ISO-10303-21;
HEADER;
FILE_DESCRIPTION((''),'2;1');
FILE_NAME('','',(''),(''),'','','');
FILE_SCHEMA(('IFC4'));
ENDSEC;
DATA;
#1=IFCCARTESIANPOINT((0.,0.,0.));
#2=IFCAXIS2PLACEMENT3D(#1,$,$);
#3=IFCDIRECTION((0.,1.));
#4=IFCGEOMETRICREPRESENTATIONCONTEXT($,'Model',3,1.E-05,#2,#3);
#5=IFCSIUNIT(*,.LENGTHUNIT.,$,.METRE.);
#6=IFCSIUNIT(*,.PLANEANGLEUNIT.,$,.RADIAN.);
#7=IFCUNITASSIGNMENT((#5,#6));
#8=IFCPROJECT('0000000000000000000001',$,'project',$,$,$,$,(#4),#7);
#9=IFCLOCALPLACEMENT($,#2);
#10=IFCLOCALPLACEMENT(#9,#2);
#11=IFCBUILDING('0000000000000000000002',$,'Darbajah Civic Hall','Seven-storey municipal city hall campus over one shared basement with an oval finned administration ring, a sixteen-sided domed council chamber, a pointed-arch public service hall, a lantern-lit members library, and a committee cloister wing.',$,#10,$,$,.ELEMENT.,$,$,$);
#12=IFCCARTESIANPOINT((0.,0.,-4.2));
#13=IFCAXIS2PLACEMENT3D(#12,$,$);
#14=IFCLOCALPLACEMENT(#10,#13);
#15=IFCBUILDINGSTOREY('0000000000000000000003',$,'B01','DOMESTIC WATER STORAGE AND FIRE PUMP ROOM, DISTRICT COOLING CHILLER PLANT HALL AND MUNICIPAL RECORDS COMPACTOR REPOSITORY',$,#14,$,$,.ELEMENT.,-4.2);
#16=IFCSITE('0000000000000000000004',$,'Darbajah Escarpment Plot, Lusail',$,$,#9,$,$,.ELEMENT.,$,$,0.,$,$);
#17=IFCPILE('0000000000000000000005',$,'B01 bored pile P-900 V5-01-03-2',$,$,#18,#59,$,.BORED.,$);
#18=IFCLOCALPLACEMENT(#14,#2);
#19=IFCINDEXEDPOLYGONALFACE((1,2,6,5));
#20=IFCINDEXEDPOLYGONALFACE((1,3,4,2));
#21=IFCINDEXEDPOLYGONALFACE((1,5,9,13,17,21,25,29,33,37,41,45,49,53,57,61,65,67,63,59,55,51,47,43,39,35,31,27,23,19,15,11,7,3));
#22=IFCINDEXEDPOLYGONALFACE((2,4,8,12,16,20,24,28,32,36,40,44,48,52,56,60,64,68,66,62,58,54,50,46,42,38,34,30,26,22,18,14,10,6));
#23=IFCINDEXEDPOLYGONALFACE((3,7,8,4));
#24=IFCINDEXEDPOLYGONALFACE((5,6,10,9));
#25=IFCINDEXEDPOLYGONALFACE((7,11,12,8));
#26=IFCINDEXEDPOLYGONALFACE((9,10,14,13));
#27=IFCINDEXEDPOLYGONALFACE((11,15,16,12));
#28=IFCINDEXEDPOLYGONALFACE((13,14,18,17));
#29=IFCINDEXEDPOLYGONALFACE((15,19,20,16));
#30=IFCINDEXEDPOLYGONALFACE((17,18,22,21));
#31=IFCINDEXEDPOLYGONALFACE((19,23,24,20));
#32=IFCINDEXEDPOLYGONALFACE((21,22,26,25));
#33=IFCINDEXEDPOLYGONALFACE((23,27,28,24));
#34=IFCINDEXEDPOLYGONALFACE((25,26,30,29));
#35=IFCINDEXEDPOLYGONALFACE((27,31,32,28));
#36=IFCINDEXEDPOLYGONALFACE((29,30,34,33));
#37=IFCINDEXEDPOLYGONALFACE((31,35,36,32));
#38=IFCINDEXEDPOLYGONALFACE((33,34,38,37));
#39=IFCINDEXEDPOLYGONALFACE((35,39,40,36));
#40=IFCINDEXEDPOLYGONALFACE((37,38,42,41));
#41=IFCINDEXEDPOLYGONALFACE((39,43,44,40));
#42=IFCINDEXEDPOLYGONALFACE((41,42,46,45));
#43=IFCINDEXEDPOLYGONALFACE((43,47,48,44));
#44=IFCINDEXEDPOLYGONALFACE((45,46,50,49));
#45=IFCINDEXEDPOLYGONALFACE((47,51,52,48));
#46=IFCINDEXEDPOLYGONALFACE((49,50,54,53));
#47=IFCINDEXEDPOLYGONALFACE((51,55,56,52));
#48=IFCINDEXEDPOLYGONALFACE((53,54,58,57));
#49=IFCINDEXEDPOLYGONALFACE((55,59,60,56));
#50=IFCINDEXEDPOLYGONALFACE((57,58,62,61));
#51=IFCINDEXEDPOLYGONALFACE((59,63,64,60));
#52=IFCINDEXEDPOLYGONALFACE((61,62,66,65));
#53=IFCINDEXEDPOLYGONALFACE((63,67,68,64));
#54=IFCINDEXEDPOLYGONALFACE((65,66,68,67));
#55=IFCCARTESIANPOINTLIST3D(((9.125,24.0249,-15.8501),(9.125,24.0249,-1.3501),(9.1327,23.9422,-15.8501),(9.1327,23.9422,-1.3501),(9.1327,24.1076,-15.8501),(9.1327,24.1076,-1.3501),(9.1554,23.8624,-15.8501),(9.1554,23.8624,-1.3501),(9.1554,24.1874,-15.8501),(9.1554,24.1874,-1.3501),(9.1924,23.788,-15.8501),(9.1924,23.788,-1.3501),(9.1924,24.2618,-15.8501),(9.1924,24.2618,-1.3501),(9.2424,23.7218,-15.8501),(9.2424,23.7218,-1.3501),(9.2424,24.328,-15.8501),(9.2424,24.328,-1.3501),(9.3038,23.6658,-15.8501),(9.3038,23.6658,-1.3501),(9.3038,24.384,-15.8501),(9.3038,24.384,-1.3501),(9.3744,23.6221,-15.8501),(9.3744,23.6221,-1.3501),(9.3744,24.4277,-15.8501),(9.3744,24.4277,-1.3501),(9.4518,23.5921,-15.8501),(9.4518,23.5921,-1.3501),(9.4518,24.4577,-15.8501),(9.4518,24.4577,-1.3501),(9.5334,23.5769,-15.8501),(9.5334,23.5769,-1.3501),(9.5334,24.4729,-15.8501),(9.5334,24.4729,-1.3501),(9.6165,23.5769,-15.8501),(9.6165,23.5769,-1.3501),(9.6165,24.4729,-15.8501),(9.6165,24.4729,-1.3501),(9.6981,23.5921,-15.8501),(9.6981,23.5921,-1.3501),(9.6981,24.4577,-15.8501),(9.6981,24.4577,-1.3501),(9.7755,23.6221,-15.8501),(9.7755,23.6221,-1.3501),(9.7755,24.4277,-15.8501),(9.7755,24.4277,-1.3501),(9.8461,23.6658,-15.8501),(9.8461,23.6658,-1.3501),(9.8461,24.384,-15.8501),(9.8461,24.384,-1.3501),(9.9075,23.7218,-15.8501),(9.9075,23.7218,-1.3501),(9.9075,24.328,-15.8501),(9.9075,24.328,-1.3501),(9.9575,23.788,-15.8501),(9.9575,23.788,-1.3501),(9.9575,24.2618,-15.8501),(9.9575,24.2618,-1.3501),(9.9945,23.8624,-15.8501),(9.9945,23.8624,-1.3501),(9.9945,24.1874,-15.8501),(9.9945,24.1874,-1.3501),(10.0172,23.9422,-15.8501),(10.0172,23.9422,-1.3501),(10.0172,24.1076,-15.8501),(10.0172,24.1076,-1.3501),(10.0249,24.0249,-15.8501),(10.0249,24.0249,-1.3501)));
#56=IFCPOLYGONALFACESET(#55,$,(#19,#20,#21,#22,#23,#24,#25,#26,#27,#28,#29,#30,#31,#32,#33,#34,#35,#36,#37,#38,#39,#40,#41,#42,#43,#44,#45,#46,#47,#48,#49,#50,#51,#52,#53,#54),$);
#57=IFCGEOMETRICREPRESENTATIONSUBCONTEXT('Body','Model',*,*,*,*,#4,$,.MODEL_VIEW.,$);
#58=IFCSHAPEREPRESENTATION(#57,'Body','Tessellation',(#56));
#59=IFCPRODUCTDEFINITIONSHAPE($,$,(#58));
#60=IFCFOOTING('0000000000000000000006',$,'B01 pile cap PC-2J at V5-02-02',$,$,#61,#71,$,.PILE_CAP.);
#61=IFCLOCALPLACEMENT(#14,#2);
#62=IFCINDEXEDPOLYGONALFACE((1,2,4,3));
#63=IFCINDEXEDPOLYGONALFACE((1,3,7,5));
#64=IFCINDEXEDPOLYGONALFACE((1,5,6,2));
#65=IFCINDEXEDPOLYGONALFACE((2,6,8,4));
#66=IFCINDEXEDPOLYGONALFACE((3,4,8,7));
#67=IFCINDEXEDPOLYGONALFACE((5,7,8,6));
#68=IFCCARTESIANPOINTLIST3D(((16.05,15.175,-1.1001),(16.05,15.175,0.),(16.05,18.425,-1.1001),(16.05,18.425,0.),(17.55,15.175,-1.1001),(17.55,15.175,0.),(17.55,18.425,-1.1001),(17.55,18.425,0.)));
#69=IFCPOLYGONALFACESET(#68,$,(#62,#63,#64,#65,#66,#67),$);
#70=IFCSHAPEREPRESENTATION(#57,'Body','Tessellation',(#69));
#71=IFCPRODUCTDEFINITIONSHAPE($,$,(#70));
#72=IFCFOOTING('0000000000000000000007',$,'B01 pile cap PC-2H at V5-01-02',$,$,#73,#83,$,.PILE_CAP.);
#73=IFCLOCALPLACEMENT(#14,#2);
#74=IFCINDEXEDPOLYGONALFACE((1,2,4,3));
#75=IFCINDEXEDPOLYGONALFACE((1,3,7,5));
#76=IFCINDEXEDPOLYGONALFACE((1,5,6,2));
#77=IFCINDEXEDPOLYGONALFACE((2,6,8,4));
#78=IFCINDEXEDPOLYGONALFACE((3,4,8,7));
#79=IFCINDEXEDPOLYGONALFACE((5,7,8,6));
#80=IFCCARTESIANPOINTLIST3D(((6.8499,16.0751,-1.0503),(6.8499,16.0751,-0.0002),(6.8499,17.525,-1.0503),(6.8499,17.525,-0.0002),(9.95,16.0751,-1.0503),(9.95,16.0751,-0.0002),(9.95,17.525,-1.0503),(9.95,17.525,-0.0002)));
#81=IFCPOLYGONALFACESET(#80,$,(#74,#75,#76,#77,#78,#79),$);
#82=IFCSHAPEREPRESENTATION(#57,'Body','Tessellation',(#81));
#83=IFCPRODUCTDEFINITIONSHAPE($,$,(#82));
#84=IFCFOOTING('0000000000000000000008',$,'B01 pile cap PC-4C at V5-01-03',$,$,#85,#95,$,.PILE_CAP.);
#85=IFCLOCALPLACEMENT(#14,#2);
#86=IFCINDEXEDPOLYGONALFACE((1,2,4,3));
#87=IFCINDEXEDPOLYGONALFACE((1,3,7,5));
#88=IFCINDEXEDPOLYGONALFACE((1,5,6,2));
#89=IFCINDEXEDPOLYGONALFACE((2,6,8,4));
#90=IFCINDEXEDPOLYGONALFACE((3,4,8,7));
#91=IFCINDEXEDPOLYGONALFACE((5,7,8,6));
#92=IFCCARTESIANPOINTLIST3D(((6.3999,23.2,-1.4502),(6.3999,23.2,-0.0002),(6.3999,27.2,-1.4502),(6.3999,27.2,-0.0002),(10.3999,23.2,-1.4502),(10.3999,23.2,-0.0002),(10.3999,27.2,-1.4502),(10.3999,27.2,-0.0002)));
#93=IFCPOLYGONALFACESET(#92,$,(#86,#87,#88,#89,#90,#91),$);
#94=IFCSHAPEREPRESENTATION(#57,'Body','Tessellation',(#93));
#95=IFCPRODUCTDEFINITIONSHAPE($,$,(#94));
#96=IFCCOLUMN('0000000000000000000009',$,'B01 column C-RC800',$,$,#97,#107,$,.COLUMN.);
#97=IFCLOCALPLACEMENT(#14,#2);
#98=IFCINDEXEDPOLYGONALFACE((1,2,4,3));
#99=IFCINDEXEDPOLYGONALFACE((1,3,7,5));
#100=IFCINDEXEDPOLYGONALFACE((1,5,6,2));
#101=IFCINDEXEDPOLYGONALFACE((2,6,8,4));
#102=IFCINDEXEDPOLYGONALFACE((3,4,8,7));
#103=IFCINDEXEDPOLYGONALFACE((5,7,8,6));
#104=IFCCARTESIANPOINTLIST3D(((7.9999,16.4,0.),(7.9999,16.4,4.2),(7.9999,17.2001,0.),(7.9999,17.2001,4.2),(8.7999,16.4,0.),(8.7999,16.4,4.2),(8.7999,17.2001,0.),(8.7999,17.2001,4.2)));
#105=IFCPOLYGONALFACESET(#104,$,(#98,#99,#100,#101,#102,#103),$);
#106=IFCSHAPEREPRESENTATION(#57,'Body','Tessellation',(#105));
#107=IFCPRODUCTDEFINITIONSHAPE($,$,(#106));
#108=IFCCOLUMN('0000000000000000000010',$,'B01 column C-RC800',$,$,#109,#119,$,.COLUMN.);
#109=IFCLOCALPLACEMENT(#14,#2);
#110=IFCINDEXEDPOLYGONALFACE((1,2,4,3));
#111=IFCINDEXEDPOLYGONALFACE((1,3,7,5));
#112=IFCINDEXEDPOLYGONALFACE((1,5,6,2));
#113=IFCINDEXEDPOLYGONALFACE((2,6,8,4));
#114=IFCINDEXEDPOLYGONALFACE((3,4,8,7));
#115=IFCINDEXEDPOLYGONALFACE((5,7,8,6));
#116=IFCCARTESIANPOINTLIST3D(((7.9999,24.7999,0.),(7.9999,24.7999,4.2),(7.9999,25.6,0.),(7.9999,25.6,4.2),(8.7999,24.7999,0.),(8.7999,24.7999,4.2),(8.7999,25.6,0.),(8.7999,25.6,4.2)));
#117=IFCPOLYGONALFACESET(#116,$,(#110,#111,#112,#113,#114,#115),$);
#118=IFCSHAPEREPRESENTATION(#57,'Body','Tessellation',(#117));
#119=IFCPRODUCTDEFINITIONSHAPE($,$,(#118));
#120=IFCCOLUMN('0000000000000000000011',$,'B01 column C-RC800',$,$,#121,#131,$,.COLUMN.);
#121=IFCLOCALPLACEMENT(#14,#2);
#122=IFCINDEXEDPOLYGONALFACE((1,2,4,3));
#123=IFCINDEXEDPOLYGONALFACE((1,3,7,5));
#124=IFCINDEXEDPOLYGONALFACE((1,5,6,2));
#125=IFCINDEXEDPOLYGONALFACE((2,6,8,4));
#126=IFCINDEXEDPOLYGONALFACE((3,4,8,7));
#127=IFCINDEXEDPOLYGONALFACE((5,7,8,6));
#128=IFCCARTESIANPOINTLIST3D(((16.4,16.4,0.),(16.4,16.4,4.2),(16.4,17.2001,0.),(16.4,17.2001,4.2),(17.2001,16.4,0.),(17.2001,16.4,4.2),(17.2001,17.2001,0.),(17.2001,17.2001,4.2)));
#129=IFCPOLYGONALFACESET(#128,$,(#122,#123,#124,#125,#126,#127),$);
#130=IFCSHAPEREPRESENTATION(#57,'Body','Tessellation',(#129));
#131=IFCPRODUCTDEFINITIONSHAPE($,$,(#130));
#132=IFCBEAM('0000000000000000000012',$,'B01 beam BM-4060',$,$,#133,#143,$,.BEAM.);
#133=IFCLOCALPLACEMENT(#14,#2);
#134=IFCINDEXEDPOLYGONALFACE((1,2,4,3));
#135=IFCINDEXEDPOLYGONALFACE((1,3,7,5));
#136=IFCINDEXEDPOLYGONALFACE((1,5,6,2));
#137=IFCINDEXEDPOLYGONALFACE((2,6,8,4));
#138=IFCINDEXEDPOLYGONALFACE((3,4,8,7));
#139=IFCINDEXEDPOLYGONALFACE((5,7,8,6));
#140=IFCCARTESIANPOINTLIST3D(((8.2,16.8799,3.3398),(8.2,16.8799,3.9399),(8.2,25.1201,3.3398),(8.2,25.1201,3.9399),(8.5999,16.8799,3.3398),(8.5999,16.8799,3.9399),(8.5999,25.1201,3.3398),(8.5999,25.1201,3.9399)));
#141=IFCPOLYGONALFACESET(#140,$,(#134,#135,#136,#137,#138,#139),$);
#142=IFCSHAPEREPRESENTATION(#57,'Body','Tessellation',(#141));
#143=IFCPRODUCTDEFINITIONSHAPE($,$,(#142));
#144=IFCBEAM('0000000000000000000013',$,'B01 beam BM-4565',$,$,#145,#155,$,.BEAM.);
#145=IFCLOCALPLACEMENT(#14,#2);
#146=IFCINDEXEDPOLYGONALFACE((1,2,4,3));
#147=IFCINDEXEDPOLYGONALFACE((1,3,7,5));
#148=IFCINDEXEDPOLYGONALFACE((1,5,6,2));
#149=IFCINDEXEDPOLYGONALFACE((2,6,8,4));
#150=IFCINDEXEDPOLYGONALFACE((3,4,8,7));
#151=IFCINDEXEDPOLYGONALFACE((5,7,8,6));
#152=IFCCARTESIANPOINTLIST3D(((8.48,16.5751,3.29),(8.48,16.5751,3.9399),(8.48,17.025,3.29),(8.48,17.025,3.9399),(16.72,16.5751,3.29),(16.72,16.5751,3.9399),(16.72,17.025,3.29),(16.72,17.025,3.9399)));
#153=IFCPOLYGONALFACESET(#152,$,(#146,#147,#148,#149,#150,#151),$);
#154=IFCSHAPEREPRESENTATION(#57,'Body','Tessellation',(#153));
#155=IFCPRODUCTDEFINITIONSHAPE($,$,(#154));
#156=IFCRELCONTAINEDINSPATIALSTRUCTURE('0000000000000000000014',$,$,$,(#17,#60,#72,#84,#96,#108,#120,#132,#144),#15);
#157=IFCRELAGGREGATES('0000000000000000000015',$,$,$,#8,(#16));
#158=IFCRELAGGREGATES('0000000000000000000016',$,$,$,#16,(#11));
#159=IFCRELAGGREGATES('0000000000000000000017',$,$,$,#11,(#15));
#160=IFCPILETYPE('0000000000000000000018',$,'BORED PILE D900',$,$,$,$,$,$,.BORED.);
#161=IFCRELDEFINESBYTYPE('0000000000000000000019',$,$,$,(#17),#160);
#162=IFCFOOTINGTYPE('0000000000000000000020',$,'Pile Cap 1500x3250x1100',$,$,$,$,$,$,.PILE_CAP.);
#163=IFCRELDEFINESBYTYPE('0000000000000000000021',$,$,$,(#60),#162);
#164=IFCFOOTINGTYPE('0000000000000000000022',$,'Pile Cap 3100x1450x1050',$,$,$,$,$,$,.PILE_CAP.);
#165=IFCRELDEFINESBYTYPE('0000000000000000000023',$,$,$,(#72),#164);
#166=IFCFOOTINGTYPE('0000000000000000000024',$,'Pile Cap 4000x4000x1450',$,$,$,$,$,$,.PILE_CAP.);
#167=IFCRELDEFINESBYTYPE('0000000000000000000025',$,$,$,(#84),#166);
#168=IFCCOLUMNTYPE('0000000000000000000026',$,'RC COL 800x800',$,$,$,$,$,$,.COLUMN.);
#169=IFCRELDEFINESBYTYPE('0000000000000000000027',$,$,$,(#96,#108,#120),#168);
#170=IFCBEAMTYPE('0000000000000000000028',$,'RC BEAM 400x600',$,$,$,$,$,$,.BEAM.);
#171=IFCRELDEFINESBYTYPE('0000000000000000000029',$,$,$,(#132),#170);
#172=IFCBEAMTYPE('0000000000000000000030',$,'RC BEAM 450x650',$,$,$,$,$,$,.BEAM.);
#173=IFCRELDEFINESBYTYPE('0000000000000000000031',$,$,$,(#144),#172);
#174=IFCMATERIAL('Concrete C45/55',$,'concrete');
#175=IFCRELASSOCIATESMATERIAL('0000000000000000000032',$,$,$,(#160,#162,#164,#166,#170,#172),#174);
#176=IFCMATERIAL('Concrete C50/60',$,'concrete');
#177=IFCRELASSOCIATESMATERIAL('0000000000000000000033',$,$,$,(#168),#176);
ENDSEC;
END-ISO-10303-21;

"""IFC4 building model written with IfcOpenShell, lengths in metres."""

from ifc_helpers import new_model, si_unit, direction, frame, origin, origin_2d, place, context, subcontext, project, spatial, rectangle, circle, extrude, material, material_profile, profile_set, type_object, element, save


model = new_model("IFC4")

# Units and contexts
model_context = context("Model", 3, precision=1e-05, world=origin(), true_north=direction((0.0, 1.0)))
body_context = subcontext(model_context, "Body", "Model", "MODEL_VIEW")
ifc_project = project(units=[si_unit("LENGTHUNIT", "METRE"), si_unit("PLANEANGLEUNIT", "RADIAN")], contexts=[model_context])

# Site, building, storey
site_placement = place(None, origin())
site = spatial("IfcSite", under=ifc_project, at=site_placement, Name="Darbajah Escarpment Plot, Lusail", CompositionType="ELEMENT", RefElevation=0.0)
building_placement = place(site_placement, origin())
building = spatial("IfcBuilding", under=site, at=building_placement, Name="Darbajah Civic Hall", Description="Seven-storey municipal city hall campus over one shared basement with an oval finned administration ring, a sixteen-sided domed council chamber, a pointed-arch public service hall, a lantern-lit members library, and a committee cloister wing.", CompositionType="ELEMENT")
storey_placement = place(building_placement, frame((0.0, 0.0, -4.2)))
storey = spatial("IfcBuildingStorey", under=building, at=storey_placement, Name="B01", Description="DOMESTIC WATER STORAGE AND FIRE PUMP ROOM, DISTRICT COOLING CHILLER PLANT HALL AND MUNICIPAL RECORDS COMPACTOR REPOSITORY", CompositionType="ELEMENT", Elevation=-4.2)

# Pile
ifc_material_1 = material(Name="Concrete C45/55", Category="concrete")
ifc_material_profile_1 = material_profile(ifc_material_1, circle(Radius=0.45, at=origin_2d()), Name="BORED PILE D900")
ifc_profile_set_1 = profile_set([ifc_material_profile_1], Name="Concrete C45/55")
pile_type_1 = type_object("IfcPileType", Name="BORED PILE D900", PredefinedType="BORED", material=ifc_profile_set_1)
for number, where, z_axis, x_axis, name in (
    (1, (9.575, 24.0249, -1.3501), (0.0, 0.0, -1.0), (1.0, 0.0, 0.0), "B01 bored pile P-900 V5-01-03-2"),
):
    element("IfcPile", number, at=place(storey_placement, frame(where, z_axis=z_axis, x_axis=x_axis)), inside=storey, type_object=pile_type_1, Name=name, PredefinedType="BORED", context=body_context, shape_type="SweptSolid", body=[
        extrude(circle(Radius=0.45, at=origin_2d()), origin(), (0.0, 0.0, 1.0), 14.5),
    ])

# Footings
footing_type_1 = type_object("IfcFootingType", Name="Pile Cap 1500x3250x1100", PredefinedType="PILE_CAP", material=ifc_material_1)
footing_1_placement = place(storey_placement, frame((16.8, 16.8, -1.1001), z_axis=(0.0, 0.0, 1.0), x_axis=(1.0, 0.0, 0.0)))
element("IfcFooting", 2, at=footing_1_placement, inside=storey, type_object=footing_type_1, Name="B01 pile cap PC-2J at V5-02-02", PredefinedType="PILE_CAP", context=body_context, shape_type="SweptSolid", body=[
    extrude(rectangle(XDim=1.5, YDim=3.25, at=origin_2d()), origin(), (0.0, 0.0, 1.0), 1.1001),
])
footing_type_2 = type_object("IfcFootingType", Name="Pile Cap 3100x1450x1050", PredefinedType="PILE_CAP", material=ifc_material_1)
footing_2_placement = place(storey_placement, frame((8.3999, 16.8, -1.0503), z_axis=(0.0, 0.0, 1.0), x_axis=(1.0, 0.0, 0.0)))
element("IfcFooting", 3, at=footing_2_placement, inside=storey, type_object=footing_type_2, Name="B01 pile cap PC-2H at V5-01-02", PredefinedType="PILE_CAP", context=body_context, shape_type="SweptSolid", body=[
    extrude(rectangle(XDim=3.1001, YDim=1.45, at=origin_2d()), origin(), (0.0, 0.0, 1.0), 1.05),
])
footing_type_3 = type_object("IfcFootingType", Name="Pile Cap 4000x4000x1450", PredefinedType="PILE_CAP", material=ifc_material_1)
footing_3_placement = place(storey_placement, frame((8.3999, 25.2, -1.4502), z_axis=(0.0, 0.0, 1.0), x_axis=(1.0, 0.0, 0.0)))
element("IfcFooting", 4, at=footing_3_placement, inside=storey, type_object=footing_type_3, Name="B01 pile cap PC-4C at V5-01-03", PredefinedType="PILE_CAP", context=body_context, shape_type="SweptSolid", body=[
    extrude(rectangle(XDim=4.0, YDim=4.0, at=origin_2d()), origin(), (0.0, 0.0, 1.0), 1.45),
])

# Columns
ifc_material_2 = material(Name="Concrete C50/60", Category="concrete")
ifc_material_profile_2 = material_profile(ifc_material_2, rectangle(XDim=0.8, YDim=0.8, at=origin_2d()), Name="RC COL 800x800")
ifc_profile_set_2 = profile_set([ifc_material_profile_2], Name="Concrete C50/60")
column_type = type_object("IfcColumnType", Name="RC COL 800x800", PredefinedType="COLUMN", material=ifc_profile_set_2)
for number, where, z_axis, x_axis, name in (
    (5, (8.3999, 16.8, 0.0), (0.0, 0.0, 1.0), (1.0, 0.0, 0.0), "B01 column C-RC800"),
    (6, (8.3999, 25.2, 0.0), (0.0, 0.0, 1.0), (1.0, 0.0, 0.0), "B01 column C-RC800"),
    (7, (16.8, 16.8, 0.0), (0.0, 0.0, 1.0), (1.0, 0.0, 0.0), "B01 column C-RC800"),
):
    element("IfcColumn", number, at=place(storey_placement, frame(where, z_axis=z_axis, x_axis=x_axis)), inside=storey, type_object=column_type, Name=name, PredefinedType="COLUMN", context=body_context, shape_type="SweptSolid", body=[
        extrude(rectangle(XDim=0.8, YDim=0.8, at=origin_2d()), origin(), (0.0, 0.0, 1.0), 4.2),
    ])

# Beams
ifc_material_profile_3 = material_profile(ifc_material_1, rectangle(XDim=0.3999, YDim=0.6001, at=origin_2d()), Name="RC BEAM 400x600")
ifc_profile_set_3 = profile_set([ifc_material_profile_3], Name="Concrete C45/55")
beam_type_1 = type_object("IfcBeamType", Name="RC BEAM 400x600", PredefinedType="BEAM", material=ifc_profile_set_3)
beam_1_placement = place(storey_placement, frame((8.3999, 16.8799, 3.6399), z_axis=(0.0, 1.0, 0.0), x_axis=(-1.0, 0.0, 0.0)))
element("IfcBeam", 8, at=beam_1_placement, inside=storey, type_object=beam_type_1, Name="B01 beam BM-4060", PredefinedType="BEAM", context=body_context, shape_type="SweptSolid", body=[
    extrude(rectangle(XDim=0.3999, YDim=0.6001, at=origin_2d()), origin(), (0.0, 0.0, 1.0), 8.2402),
])
ifc_material_profile_4 = material_profile(ifc_material_1, rectangle(XDim=0.45, YDim=0.6499, at=origin_2d()), Name="RC BEAM 450x650")
ifc_profile_set_4 = profile_set([ifc_material_profile_4], Name="Concrete C45/55")
beam_type_2 = type_object("IfcBeamType", Name="RC BEAM 450x650", PredefinedType="BEAM", material=ifc_profile_set_4)
beam_2_placement = place(storey_placement, frame((8.48, 16.8, 3.615), z_axis=(1.0, 0.0, 0.0), x_axis=(0.0, 1.0, 0.0)))
element("IfcBeam", 9, at=beam_2_placement, inside=storey, type_object=beam_type_2, Name="B01 beam BM-4565", PredefinedType="BEAM", context=body_context, shape_type="SweptSolid", body=[
    extrude(rectangle(XDim=0.45, YDim=0.6499, at=origin_2d()), origin(), (0.0, 0.0, 1.0), 8.24),
])

save(model, "model.ifc")
